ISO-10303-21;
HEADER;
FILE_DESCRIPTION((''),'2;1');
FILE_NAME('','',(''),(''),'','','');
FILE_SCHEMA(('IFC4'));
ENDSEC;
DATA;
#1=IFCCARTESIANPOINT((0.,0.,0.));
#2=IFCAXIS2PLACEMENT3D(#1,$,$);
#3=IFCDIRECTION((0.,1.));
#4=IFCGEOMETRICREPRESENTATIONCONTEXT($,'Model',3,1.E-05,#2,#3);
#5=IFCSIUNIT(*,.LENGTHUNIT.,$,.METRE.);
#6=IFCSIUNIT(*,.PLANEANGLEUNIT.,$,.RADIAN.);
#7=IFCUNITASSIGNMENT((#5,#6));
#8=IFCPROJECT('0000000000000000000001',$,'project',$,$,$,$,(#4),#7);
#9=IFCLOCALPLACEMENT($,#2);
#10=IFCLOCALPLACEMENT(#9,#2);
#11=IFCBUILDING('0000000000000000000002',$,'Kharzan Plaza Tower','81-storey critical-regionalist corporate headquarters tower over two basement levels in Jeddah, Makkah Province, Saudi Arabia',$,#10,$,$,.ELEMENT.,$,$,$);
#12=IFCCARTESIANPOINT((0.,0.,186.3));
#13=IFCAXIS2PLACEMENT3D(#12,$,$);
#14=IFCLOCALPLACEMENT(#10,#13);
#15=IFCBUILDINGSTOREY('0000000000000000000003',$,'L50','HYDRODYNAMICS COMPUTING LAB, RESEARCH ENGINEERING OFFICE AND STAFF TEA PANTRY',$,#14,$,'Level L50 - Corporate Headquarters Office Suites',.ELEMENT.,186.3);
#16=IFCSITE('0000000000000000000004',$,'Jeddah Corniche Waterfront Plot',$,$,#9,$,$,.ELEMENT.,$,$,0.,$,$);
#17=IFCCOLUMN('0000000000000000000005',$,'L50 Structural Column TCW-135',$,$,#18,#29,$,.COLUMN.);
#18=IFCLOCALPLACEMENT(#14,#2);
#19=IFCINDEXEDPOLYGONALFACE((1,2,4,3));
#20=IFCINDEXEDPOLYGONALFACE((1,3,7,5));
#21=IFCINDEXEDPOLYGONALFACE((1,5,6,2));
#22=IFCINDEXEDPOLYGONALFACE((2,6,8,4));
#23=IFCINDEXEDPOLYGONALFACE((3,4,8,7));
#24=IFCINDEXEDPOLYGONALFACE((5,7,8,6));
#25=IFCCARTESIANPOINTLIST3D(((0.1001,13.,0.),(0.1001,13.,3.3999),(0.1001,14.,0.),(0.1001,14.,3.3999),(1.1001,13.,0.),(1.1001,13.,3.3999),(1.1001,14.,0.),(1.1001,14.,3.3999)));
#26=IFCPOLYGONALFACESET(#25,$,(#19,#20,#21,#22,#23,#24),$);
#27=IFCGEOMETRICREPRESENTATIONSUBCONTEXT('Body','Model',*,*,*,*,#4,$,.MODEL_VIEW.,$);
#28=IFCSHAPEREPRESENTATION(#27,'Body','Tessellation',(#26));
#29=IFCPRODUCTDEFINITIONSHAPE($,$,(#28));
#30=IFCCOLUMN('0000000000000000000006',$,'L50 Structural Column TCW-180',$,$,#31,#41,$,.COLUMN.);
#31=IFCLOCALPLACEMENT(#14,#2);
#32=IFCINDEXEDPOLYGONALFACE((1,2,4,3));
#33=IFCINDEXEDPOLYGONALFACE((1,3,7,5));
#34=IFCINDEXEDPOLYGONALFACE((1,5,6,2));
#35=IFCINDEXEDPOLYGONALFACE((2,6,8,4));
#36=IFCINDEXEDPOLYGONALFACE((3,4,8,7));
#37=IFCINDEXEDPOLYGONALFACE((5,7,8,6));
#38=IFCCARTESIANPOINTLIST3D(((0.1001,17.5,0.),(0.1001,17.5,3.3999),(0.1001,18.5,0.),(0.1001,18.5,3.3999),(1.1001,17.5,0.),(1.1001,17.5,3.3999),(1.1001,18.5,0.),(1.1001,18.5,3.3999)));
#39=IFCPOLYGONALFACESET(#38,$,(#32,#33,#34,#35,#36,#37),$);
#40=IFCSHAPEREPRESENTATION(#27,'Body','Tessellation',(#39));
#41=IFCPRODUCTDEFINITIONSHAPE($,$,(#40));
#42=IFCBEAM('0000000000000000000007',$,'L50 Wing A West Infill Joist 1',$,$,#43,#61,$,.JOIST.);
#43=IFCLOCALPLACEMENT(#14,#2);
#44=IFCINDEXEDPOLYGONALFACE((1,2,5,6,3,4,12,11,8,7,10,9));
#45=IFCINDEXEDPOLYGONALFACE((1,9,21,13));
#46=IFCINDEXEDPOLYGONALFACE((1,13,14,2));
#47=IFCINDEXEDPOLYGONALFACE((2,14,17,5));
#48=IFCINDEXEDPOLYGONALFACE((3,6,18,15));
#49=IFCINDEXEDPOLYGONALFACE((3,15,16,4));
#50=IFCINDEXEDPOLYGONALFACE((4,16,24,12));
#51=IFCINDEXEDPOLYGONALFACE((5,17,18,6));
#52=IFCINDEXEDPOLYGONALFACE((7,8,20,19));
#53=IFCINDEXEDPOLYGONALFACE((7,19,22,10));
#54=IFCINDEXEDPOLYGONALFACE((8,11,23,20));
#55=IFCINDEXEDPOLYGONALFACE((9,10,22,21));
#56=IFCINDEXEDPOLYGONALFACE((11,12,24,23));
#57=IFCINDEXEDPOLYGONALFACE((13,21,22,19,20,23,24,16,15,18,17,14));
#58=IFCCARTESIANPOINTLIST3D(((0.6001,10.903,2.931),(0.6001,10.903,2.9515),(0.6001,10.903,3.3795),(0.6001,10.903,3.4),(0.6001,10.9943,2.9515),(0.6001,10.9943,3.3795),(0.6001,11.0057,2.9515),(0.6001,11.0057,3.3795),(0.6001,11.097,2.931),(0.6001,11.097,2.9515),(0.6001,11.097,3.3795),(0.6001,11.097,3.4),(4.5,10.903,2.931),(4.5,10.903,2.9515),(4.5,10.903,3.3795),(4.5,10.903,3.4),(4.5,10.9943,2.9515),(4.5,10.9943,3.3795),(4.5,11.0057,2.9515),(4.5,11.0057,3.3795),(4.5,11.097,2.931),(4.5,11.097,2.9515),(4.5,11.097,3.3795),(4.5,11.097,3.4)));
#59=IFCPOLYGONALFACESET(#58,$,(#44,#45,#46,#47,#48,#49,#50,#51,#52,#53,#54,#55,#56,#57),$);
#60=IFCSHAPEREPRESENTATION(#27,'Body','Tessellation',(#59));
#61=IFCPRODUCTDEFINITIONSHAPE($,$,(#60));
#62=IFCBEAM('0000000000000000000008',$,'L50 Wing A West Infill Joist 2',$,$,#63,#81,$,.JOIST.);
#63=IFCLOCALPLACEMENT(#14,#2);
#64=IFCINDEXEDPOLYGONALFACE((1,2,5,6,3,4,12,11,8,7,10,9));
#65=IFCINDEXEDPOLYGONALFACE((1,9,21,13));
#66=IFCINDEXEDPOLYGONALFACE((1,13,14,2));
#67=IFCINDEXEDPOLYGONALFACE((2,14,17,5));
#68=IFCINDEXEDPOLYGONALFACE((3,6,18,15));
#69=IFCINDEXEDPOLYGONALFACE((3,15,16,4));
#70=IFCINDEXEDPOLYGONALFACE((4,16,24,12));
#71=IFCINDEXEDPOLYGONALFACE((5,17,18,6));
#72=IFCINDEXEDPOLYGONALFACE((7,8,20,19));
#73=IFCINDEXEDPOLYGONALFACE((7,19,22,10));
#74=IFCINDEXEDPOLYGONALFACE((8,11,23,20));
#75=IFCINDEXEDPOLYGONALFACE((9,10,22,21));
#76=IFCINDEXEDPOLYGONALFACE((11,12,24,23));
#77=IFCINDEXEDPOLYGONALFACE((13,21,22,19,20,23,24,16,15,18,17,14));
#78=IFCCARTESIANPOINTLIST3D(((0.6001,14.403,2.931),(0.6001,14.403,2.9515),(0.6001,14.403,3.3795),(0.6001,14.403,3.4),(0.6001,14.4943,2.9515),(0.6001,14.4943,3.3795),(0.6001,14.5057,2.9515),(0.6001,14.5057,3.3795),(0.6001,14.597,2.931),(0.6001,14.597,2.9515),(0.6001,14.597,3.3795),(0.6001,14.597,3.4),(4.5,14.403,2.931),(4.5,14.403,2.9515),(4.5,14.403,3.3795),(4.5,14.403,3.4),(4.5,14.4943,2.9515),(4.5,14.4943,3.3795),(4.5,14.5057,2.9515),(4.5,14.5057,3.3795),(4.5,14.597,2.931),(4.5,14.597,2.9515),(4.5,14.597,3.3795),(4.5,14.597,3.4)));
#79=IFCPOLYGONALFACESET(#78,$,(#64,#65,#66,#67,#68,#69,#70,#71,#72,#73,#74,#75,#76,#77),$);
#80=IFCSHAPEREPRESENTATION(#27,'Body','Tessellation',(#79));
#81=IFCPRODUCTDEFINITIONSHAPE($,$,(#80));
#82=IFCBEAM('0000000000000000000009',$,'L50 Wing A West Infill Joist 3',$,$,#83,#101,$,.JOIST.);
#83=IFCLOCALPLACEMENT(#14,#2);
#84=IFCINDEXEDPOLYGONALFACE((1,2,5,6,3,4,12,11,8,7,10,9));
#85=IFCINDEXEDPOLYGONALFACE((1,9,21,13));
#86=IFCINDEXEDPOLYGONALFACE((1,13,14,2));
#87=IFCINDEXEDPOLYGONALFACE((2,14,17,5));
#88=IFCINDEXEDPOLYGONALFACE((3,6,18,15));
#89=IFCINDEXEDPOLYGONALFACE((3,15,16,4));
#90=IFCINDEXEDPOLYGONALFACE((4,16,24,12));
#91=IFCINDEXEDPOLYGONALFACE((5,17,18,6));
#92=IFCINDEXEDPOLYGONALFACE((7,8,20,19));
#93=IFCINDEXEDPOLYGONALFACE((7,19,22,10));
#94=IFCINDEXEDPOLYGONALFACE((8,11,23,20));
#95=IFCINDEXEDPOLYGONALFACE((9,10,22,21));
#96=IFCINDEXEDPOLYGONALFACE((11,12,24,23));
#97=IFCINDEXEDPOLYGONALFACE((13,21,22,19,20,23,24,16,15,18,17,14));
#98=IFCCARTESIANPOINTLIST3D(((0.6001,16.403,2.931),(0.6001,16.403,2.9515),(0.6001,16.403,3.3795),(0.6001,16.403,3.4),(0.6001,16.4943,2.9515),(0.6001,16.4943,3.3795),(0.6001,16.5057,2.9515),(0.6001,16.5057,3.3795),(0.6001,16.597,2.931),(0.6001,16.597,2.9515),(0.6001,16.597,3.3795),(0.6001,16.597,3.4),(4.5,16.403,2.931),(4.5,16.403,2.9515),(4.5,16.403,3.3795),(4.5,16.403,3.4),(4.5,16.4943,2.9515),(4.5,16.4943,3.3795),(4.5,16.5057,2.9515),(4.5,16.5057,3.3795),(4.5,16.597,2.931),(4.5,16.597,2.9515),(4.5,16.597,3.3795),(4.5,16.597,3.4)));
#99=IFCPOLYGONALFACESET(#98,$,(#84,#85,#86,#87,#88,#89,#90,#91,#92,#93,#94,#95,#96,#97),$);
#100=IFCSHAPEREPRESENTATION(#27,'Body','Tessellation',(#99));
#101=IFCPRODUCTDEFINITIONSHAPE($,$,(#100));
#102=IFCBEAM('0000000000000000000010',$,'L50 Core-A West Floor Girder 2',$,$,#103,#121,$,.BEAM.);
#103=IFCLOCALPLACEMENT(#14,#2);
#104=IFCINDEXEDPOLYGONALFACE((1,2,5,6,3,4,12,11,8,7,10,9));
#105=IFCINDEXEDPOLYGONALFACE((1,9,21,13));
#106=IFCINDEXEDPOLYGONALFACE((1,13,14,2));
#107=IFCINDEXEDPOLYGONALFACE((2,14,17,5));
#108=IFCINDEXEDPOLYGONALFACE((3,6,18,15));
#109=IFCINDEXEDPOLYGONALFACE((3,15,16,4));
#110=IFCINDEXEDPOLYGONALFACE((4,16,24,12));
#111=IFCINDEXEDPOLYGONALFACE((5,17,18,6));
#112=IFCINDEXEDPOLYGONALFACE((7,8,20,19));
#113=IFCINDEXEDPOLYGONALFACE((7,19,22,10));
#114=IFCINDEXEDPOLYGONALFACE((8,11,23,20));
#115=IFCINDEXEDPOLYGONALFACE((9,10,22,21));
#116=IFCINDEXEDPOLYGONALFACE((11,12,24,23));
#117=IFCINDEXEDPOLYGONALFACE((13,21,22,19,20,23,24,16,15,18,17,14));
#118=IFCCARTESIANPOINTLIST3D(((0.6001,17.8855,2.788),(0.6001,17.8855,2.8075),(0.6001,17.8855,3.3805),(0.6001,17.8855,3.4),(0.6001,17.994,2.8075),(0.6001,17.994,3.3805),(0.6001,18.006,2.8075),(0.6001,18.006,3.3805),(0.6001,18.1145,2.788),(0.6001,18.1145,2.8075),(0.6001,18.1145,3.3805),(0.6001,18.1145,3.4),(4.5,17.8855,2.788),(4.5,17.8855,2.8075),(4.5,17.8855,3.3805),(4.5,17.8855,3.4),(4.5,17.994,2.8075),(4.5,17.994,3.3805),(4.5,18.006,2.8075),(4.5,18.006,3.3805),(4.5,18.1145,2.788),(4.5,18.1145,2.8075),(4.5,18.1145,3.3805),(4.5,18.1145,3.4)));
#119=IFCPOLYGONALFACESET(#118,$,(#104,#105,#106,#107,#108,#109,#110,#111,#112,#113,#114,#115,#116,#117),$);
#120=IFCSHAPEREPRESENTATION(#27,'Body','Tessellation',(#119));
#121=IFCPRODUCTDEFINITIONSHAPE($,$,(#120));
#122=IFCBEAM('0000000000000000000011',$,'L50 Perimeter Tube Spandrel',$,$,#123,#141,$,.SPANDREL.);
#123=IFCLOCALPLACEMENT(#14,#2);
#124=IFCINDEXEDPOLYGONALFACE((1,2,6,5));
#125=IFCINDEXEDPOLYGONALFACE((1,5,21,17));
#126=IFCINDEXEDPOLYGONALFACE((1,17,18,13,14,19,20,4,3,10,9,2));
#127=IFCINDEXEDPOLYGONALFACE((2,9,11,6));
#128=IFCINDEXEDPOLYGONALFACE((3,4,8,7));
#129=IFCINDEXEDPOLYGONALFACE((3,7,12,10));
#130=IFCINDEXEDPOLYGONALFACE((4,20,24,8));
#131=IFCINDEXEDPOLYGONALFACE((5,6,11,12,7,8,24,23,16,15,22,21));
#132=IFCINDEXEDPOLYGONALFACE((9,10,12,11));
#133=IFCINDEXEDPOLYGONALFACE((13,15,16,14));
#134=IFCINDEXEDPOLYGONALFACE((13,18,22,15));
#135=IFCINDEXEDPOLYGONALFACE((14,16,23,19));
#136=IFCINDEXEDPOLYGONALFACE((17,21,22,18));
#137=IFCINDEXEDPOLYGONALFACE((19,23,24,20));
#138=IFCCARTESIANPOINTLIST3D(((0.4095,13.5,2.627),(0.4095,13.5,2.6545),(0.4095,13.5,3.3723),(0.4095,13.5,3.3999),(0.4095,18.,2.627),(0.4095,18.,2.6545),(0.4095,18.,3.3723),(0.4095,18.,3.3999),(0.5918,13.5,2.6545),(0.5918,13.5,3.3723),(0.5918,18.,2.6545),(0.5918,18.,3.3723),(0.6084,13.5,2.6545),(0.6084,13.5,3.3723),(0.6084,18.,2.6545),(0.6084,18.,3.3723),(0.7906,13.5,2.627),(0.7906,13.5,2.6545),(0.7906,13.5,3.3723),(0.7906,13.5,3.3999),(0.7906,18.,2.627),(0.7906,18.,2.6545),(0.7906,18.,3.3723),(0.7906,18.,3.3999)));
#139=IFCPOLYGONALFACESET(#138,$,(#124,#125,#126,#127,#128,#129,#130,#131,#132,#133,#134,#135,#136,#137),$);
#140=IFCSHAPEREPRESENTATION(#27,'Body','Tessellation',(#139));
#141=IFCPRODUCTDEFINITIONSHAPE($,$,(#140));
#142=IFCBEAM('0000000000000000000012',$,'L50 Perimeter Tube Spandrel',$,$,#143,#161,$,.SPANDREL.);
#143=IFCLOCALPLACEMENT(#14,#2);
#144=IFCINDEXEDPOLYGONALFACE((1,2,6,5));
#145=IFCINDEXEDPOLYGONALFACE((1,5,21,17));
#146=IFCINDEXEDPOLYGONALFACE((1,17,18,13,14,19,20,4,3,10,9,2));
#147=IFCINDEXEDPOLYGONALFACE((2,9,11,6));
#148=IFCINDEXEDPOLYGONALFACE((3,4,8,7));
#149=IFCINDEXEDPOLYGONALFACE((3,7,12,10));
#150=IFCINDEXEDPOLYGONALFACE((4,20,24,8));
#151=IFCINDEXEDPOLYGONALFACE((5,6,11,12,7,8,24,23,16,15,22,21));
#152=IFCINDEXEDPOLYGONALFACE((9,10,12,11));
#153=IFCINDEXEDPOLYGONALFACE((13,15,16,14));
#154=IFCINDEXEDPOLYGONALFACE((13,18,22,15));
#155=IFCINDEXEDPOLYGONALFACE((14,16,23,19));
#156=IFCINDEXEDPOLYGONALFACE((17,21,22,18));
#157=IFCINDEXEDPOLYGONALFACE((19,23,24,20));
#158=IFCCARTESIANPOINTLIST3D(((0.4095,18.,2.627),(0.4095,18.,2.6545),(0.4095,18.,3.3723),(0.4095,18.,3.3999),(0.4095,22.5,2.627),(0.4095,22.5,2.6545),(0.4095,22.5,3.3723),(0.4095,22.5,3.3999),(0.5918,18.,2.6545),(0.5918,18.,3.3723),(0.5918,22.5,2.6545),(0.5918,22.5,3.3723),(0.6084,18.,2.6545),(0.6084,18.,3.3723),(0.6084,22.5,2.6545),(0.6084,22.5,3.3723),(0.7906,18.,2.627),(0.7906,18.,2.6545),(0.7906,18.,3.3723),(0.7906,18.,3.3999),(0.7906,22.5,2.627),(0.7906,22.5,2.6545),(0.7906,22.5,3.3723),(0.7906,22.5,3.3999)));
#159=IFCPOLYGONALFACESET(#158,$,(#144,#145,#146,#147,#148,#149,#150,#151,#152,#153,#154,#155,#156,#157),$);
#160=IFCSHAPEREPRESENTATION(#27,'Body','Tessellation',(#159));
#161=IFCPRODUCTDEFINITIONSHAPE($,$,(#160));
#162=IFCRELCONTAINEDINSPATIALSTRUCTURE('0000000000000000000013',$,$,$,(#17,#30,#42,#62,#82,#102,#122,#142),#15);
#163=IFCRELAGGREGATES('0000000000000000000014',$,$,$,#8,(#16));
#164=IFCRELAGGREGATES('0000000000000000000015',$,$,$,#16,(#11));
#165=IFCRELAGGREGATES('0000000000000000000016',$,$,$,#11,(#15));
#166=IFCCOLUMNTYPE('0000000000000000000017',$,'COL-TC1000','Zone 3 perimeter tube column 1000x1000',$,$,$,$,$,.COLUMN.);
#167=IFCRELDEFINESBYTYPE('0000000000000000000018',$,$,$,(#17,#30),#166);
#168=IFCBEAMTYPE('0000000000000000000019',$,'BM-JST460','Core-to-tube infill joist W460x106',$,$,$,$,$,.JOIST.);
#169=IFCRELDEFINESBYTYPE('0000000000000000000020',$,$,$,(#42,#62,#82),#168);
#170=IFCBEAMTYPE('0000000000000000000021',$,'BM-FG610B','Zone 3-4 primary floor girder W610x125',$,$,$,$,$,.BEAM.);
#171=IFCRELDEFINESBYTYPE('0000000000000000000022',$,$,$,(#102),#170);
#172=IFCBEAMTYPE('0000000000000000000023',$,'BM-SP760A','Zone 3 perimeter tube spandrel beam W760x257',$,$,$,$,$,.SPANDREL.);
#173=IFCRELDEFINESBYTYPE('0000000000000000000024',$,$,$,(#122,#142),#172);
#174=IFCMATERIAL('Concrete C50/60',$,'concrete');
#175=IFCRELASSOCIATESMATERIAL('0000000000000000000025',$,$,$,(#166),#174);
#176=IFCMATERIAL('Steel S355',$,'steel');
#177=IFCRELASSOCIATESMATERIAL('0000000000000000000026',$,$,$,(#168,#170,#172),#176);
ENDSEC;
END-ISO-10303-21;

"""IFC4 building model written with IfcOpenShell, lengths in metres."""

from ifc_helpers import new_model, si_unit, direction, frame, origin, origin_2d, place, context, subcontext, project, spatial, rectangle, i_section, extrude, source, transform, mapped, material, material_profile, profile_set, type_object, element, save


model = new_model("IFC4")

# Units and contexts
model_context = context("Model", 3, precision=1e-05, world=origin(), true_north=direction((0.0, 1.0)))
body_context = subcontext(model_context, "Body", "Model", "MODEL_VIEW")
ifc_project = project(units=[si_unit("LENGTHUNIT", "METRE"), si_unit("PLANEANGLEUNIT", "RADIAN")], contexts=[model_context])

# Site, building, storey
site_placement = place(None, origin())
site = spatial("IfcSite", under=ifc_project, at=site_placement, Name="Jeddah Corniche Waterfront Plot", CompositionType="ELEMENT", RefElevation=0.0)
building_placement = place(site_placement, origin())
building = spatial("IfcBuilding", under=site, at=building_placement, Name="Kharzan Plaza Tower", Description="81-storey critical-regionalist corporate headquarters tower over two basement levels in Jeddah, Makkah Province, Saudi Arabia", CompositionType="ELEMENT")
storey_placement = place(building_placement, frame((0.0, 0.0, 186.3)))
storey = spatial("IfcBuildingStorey", under=building, at=storey_placement, Name="L50", Description="HYDRODYNAMICS COMPUTING LAB, RESEARCH ENGINEERING OFFICE AND STAFF TEA PANTRY", LongName="Level L50 - Corporate Headquarters Office Suites", CompositionType="ELEMENT", Elevation=186.3)

# Columns
ifc_material_1 = material(Name="Concrete C50/60", Category="concrete")
ifc_material_profile_1 = material_profile(ifc_material_1, rectangle(XDim=1.0, YDim=1.0, at=origin_2d()), Name="RC-TC1000x1000")
ifc_profile_set_1 = profile_set([ifc_material_profile_1], Name="Concrete C50/60")
column_type = type_object("IfcColumnType", Name="COL-TC1000", Description="Zone 3 perimeter tube column 1000x1000", PredefinedType="COLUMN", material=ifc_profile_set_1)
shared_shape_1 = source(origin(), body_context, "Body", "SweptSolid", [
    extrude(rectangle(XDim=1.0, YDim=1.0, at=origin_2d()), origin(), (0.0, 0.0, 1.0), 3.3999),
])
for number, where, z_axis, x_axis, name in (
    (1, (0.6001, 13.5, 0.0), (0.0, 0.0, 1.0), (1.0, 0.0, 0.0), "L50 Structural Column TCW-135"),
    (2, (0.6001, 18.0, 0.0), (0.0, 0.0, 1.0), (1.0, 0.0, 0.0), "L50 Structural Column TCW-180"),
):
    element("IfcColumn", number, at=place(storey_placement, frame(where, z_axis=z_axis, x_axis=x_axis)), inside=storey, type_object=column_type, Name=name, PredefinedType="COLUMN", context=body_context, shape_type="MappedRepresentation", body=[
        mapped(shared_shape_1, transform((0.0, 0.0, 0.0), x_axis=(1.0, 0.0, 0.0), y_axis=(0.0, 1.0, 0.0), z_axis=(0.0, 0.0, 1.0))),
    ])

# Beams
ifc_material_2 = material(Name="Steel S355", Category="steel")
ifc_material_profile_2 = material_profile(ifc_material_2, i_section(OverallWidth=0.1941, OverallDepth=0.469, WebThickness=0.0115, FlangeThickness=0.0205, at=origin_2d()), Name="W460x106")
ifc_profile_set_2 = profile_set([ifc_material_profile_2], Name="Steel S355")
beam_type_1 = type_object("IfcBeamType", Name="BM-JST460", Description="Core-to-tube infill joist W460x106", PredefinedType="JOIST", material=ifc_profile_set_2)
shared_shape_2 = source(origin(), body_context, "Body", "SweptSolid", [
    extrude(i_section(OverallWidth=0.1941, OverallDepth=0.469, WebThickness=0.0115, FlangeThickness=0.0205, at=origin_2d()), origin(), (0.0, 0.0, 1.0), 3.8999),
])
for number, where, z_axis, x_axis, name in (
    (3, (0.6001, 11.0, 3.1655), (1.0, 0.0, 0.0), (0.0, 1.0, 0.0), "L50 Wing A West Infill Joist 1"),
    (4, (0.6001, 14.5, 3.1655), (1.0, 0.0, 0.0), (0.0, 1.0, 0.0), "L50 Wing A West Infill Joist 2"),
    (5, (0.6001, 16.5, 3.1655), (1.0, 0.0, 0.0), (0.0, 1.0, 0.0), "L50 Wing A West Infill Joist 3"),
):
    element("IfcBeam", number, at=place(storey_placement, frame(where, z_axis=z_axis, x_axis=x_axis)), inside=storey, type_object=beam_type_1, Name=name, PredefinedType="JOIST", context=body_context, shape_type="MappedRepresentation", body=[
        mapped(shared_shape_2, transform((0.0, 0.0, 0.0), x_axis=(1.0, 0.0, 0.0), y_axis=(0.0, 1.0, 0.0), z_axis=(0.0, 0.0, 1.0))),
    ])
ifc_material_profile_3 = material_profile(ifc_material_2, i_section(OverallWidth=0.229, OverallDepth=0.6121, WebThickness=0.012, FlangeThickness=0.0195, at=origin_2d()), Name="W610x125")
ifc_profile_set_3 = profile_set([ifc_material_profile_3], Name="Steel S355")
beam_type_2 = type_object("IfcBeamType", Name="BM-FG610B", Description="Zone 3-4 primary floor girder W610x125", PredefinedType="BEAM", material=ifc_profile_set_3)
shared_shape_3 = source(origin(), body_context, "Body", "SweptSolid", [
    extrude(i_section(OverallWidth=0.229, OverallDepth=0.6121, WebThickness=0.012, FlangeThickness=0.0195, at=origin_2d()), origin(), (0.0, 0.0, 1.0), 3.8999),
])
beam_placement = place(storey_placement, frame((0.6001, 18.0, 3.094), z_axis=(1.0, 0.0, 0.0), x_axis=(0.0, 1.0, 0.0)))
element("IfcBeam", 6, at=beam_placement, inside=storey, type_object=beam_type_2, Name="L50 Core-A West Floor Girder 2", PredefinedType="BEAM", context=body_context, shape_type="MappedRepresentation", body=[
    mapped(shared_shape_3, transform((0.0, 0.0, 0.0), x_axis=(1.0, 0.0, 0.0), y_axis=(0.0, 1.0, 0.0), z_axis=(0.0, 0.0, 1.0))),
])
ifc_material_profile_4 = material_profile(ifc_material_2, i_section(OverallWidth=0.3811, OverallDepth=0.7729, WebThickness=0.0166, FlangeThickness=0.0276, at=origin_2d()), Name="W760x257")
ifc_profile_set_4 = profile_set([ifc_material_profile_4], Name="Steel S355")
beam_type_3 = type_object("IfcBeamType", Name="BM-SP760A", Description="Zone 3 perimeter tube spandrel beam W760x257", PredefinedType="SPANDREL", material=ifc_profile_set_4)
shared_shape_4 = source(origin(), body_context, "Body", "SweptSolid", [
    extrude(i_section(OverallWidth=0.3811, OverallDepth=0.7729, WebThickness=0.0166, FlangeThickness=0.0276, at=origin_2d()), origin(), (0.0, 0.0, 1.0), 4.5),
])
for number, where, z_axis, x_axis, name in (
    (7, (0.6001, 13.5, 3.0134), (0.0, 1.0, 0.0), (-1.0, 0.0, 0.0), "L50 Perimeter Tube Spandrel"),
    (8, (0.6001, 18.0, 3.0134), (0.0, 1.0, 0.0), (-1.0, 0.0, 0.0), "L50 Perimeter Tube Spandrel"),
):
    element("IfcBeam", number, at=place(storey_placement, frame(where, z_axis=z_axis, x_axis=x_axis)), inside=storey, type_object=beam_type_3, Name=name, PredefinedType="SPANDREL", context=body_context, shape_type="MappedRepresentation", body=[
        mapped(shared_shape_4, transform((0.0, 0.0, 0.0), x_axis=(1.0, 0.0, 0.0), y_axis=(0.0, 1.0, 0.0), z_axis=(0.0, 0.0, 1.0))),
    ])

save(model, "model.ifc")
